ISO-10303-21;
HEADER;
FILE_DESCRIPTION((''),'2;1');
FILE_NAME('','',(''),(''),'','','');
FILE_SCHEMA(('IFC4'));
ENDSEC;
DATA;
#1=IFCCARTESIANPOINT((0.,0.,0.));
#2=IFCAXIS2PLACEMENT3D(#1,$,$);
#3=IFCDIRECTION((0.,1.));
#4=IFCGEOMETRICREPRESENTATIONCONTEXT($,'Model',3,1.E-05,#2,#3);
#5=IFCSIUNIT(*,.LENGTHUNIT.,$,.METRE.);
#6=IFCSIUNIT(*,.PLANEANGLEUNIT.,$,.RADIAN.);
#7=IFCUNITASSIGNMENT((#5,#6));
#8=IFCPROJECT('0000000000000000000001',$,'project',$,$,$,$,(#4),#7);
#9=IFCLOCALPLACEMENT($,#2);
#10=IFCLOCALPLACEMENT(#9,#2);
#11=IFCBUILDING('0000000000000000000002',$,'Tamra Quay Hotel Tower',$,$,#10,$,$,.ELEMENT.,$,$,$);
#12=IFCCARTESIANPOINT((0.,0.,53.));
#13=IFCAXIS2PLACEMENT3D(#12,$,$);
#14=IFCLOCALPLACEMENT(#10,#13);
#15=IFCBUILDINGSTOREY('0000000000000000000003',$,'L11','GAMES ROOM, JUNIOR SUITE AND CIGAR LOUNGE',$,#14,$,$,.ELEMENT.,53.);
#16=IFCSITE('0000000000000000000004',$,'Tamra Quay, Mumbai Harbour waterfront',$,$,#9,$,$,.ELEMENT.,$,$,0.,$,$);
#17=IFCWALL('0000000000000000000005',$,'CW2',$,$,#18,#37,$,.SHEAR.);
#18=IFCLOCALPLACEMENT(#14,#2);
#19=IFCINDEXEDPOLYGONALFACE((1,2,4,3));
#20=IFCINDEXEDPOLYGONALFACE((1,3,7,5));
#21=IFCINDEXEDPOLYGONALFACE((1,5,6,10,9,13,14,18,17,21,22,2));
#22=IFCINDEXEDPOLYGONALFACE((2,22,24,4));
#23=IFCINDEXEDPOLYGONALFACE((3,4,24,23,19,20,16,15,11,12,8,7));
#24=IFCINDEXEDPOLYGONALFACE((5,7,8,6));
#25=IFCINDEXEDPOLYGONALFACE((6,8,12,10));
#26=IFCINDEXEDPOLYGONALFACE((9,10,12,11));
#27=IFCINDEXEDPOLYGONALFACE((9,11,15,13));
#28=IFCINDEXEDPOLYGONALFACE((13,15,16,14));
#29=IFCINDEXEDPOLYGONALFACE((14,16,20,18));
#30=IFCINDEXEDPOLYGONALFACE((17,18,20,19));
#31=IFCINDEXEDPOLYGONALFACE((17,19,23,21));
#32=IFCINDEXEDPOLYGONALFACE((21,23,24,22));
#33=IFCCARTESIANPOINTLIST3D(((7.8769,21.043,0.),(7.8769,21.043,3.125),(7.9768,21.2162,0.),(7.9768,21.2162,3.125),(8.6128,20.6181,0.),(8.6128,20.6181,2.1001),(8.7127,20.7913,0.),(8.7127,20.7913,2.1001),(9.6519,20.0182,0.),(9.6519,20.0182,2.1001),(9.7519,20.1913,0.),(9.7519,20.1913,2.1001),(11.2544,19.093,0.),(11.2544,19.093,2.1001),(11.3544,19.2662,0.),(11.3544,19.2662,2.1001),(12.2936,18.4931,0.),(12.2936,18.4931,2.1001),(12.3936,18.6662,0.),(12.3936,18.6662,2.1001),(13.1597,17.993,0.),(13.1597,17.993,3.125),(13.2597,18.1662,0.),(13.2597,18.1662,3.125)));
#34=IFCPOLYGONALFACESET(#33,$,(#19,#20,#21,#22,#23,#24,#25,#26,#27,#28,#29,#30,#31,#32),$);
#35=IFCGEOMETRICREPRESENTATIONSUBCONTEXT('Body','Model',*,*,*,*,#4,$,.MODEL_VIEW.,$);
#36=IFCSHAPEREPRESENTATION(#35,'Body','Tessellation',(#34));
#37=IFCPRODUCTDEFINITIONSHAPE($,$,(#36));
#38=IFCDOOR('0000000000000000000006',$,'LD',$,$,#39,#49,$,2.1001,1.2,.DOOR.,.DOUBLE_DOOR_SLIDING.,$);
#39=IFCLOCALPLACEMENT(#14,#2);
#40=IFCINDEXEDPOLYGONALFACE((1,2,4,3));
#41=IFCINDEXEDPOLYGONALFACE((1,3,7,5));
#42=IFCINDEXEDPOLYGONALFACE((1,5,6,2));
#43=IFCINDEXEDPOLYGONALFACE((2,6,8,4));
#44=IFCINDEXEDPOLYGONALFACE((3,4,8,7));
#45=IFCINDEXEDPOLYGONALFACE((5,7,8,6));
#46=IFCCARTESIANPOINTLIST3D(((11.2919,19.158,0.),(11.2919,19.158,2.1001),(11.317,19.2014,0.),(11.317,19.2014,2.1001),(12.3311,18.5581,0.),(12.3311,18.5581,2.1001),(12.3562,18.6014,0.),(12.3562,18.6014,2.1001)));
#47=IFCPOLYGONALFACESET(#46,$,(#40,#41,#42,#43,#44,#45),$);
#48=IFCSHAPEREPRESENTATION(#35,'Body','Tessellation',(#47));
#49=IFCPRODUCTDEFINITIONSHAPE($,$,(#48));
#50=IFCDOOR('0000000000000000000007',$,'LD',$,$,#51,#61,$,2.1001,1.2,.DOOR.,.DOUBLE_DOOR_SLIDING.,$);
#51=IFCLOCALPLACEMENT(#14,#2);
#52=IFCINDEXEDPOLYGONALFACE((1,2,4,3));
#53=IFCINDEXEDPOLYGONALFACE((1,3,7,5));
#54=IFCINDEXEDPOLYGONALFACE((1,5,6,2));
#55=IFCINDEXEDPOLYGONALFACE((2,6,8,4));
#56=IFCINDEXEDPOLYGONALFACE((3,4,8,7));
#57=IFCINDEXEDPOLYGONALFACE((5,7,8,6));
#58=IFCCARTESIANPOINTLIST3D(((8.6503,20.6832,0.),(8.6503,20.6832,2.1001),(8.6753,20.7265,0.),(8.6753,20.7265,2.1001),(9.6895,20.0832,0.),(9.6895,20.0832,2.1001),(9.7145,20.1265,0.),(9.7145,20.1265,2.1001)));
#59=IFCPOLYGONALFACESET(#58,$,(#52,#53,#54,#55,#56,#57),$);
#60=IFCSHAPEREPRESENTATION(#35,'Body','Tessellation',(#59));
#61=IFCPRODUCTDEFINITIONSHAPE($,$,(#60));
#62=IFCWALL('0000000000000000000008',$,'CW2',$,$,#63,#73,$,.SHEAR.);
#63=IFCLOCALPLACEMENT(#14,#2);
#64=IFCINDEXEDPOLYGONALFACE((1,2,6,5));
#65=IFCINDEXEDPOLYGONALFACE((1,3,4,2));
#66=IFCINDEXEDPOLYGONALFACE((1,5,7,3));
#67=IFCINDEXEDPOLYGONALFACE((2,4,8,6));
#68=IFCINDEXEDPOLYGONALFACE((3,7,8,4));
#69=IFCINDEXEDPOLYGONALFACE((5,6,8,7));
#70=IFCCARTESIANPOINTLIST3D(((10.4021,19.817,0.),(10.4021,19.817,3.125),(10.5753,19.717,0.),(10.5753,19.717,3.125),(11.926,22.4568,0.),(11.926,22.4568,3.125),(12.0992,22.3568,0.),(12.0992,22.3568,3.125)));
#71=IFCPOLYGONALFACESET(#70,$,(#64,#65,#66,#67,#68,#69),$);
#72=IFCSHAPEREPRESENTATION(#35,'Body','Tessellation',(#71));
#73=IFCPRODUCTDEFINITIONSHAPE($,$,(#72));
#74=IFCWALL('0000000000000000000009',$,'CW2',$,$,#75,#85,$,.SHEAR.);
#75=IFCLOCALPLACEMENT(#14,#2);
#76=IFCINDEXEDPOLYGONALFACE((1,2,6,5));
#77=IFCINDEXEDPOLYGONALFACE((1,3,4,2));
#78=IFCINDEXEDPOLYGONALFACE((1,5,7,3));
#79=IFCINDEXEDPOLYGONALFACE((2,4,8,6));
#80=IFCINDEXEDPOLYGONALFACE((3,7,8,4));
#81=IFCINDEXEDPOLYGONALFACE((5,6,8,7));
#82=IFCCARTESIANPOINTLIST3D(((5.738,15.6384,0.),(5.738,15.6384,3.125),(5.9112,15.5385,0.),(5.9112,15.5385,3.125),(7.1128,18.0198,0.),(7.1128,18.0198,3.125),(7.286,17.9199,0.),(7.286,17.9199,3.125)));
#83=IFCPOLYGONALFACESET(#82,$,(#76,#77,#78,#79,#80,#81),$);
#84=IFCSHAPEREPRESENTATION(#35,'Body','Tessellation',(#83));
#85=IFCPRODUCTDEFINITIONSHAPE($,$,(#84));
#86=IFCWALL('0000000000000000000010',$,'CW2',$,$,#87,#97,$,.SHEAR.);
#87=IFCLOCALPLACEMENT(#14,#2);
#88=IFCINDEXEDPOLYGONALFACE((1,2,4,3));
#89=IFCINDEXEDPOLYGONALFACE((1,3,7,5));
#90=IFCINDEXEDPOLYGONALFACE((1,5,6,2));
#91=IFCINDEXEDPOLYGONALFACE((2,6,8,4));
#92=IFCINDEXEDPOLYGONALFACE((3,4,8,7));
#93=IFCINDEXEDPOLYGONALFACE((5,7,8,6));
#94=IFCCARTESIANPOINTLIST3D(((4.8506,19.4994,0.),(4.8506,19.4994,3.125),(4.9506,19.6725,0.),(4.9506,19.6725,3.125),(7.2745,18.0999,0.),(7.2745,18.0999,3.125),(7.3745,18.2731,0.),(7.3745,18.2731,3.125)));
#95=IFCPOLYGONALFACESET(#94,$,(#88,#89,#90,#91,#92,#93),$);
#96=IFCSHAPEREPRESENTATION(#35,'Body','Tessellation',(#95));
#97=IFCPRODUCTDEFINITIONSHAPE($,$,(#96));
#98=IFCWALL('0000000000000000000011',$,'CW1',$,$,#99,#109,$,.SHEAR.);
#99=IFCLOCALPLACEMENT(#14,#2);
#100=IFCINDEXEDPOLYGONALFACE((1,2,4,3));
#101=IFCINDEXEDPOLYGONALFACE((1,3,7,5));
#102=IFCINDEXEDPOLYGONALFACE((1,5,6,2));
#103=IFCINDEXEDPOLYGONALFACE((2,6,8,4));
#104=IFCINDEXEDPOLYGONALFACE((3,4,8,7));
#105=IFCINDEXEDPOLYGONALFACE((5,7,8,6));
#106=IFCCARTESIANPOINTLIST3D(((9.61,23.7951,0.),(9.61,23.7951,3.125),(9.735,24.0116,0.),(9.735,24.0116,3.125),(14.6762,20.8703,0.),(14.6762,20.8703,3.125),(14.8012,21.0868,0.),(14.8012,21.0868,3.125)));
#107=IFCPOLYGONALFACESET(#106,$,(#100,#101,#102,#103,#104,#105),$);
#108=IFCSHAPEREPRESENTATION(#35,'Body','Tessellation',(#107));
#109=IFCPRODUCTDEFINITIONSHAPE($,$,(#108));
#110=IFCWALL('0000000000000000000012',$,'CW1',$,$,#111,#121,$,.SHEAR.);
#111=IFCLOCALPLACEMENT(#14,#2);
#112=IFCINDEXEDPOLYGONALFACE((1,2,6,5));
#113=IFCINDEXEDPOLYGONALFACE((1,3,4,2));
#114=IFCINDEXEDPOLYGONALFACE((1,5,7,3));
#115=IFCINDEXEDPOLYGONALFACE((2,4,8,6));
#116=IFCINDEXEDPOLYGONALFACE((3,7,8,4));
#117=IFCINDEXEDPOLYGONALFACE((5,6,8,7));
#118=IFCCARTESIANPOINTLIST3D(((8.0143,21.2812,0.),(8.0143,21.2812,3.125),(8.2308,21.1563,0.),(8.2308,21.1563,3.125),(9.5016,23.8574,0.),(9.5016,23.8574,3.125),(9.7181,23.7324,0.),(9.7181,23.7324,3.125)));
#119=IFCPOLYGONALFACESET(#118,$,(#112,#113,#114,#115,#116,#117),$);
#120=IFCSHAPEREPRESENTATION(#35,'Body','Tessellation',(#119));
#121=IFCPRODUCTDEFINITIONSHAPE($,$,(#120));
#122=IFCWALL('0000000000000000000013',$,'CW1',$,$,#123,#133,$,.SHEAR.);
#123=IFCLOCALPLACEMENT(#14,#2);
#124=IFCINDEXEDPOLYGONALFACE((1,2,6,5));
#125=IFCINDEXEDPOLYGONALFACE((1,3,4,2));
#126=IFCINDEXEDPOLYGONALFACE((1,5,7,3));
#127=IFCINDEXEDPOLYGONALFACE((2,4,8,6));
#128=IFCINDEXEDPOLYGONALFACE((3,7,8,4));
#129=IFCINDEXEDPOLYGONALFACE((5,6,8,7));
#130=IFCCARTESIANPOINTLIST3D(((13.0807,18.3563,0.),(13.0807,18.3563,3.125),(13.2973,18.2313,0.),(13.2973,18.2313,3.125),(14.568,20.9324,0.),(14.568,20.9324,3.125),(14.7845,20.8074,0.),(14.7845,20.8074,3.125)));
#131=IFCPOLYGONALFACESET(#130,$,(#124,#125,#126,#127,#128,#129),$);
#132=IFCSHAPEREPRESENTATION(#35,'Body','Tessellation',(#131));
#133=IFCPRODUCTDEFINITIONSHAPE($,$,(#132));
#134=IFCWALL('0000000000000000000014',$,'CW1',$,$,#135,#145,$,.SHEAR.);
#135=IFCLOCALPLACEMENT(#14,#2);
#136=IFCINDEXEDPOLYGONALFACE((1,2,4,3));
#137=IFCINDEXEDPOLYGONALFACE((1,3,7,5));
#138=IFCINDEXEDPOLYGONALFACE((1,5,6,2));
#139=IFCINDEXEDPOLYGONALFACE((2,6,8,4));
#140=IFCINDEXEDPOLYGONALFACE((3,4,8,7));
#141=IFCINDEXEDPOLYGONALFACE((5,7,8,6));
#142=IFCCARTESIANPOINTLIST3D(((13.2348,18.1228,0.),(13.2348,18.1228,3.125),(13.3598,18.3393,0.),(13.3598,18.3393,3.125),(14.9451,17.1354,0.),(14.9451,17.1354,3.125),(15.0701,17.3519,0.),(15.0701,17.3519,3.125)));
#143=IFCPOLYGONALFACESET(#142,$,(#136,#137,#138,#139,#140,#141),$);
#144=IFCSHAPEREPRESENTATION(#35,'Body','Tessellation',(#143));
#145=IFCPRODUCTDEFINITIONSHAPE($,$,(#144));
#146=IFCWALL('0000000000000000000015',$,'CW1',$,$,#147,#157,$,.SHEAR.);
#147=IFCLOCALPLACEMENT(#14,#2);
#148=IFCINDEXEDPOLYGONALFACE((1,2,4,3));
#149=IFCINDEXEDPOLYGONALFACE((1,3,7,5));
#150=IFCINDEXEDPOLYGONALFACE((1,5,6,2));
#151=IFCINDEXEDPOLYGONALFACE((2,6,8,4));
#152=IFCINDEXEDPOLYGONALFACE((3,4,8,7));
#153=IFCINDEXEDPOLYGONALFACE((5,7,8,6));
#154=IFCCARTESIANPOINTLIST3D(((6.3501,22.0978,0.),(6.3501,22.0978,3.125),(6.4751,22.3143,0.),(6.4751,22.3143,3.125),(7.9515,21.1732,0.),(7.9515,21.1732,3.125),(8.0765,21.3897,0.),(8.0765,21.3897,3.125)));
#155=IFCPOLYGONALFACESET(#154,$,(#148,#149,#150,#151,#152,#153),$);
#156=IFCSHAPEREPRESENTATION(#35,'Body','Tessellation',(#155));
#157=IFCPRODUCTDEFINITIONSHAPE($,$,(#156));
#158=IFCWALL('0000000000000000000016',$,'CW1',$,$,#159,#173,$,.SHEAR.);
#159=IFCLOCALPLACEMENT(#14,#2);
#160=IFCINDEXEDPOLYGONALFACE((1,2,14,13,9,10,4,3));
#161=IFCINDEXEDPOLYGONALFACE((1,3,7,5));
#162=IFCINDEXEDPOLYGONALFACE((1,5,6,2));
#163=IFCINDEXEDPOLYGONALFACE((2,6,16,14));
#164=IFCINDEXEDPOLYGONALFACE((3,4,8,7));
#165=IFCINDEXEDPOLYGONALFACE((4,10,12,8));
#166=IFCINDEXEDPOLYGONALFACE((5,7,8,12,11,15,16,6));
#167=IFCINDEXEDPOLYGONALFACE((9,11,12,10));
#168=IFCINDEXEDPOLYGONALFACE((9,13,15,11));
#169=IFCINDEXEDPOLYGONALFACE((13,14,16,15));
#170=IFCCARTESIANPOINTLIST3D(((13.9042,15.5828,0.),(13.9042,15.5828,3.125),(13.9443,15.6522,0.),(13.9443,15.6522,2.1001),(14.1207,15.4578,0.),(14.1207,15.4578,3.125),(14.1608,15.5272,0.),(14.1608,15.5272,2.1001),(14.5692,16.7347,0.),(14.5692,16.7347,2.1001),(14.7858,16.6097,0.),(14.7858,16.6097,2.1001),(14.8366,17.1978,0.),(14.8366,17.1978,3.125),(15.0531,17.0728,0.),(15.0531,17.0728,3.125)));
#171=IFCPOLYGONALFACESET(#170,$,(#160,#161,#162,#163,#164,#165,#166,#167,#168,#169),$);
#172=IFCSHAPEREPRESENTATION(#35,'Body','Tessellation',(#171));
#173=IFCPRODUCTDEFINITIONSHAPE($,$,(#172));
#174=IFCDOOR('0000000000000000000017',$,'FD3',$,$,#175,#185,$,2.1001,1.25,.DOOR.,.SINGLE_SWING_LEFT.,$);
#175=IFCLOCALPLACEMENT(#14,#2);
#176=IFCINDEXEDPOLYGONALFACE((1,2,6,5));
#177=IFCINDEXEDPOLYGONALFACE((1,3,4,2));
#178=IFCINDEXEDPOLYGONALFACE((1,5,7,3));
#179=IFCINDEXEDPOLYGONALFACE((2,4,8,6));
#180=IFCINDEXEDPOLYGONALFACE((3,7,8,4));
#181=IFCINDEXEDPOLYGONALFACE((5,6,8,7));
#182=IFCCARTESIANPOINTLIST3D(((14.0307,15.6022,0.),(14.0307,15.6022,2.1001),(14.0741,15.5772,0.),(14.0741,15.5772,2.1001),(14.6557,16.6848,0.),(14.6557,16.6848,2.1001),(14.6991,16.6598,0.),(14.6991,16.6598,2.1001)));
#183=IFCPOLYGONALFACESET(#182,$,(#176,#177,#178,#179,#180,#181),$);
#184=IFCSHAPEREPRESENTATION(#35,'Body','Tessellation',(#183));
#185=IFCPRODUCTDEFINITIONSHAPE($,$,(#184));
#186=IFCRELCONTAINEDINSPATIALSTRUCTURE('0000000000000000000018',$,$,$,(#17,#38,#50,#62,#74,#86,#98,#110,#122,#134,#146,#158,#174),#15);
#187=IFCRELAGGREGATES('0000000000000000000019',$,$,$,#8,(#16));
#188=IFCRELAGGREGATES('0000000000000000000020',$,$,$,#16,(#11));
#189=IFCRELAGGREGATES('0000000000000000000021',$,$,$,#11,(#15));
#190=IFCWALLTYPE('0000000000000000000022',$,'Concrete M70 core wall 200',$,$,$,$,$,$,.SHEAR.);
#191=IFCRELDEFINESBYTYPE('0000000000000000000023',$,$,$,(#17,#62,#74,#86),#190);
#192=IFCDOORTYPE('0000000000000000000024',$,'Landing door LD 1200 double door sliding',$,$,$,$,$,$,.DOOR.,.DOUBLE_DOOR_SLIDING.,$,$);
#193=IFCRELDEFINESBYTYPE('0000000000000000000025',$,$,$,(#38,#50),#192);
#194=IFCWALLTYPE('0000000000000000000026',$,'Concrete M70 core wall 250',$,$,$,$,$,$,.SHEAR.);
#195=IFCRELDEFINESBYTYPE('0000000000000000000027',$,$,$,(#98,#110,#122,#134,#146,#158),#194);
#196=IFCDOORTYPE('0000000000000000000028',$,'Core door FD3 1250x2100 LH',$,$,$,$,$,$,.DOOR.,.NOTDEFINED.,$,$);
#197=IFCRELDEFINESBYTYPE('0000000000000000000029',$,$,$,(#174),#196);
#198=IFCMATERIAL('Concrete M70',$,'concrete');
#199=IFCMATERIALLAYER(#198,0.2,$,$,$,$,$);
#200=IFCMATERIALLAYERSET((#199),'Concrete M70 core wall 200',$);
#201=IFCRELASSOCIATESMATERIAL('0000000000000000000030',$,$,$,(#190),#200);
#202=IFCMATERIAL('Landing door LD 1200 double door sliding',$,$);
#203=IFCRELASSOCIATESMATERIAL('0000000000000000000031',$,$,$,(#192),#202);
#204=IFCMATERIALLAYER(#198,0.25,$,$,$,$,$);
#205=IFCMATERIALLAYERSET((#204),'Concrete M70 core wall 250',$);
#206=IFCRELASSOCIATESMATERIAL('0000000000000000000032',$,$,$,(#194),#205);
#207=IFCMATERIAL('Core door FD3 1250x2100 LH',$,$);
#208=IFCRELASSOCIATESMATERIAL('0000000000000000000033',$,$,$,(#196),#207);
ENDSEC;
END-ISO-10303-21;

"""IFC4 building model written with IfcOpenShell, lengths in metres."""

from ifc_helpers import new_model, si_unit, direction, frame, frame_2d, origin, place, context, subcontext, project, spatial, rectangle, extrude, material, layer, layer_set, type_object, element, fill, save


model = new_model("IFC4")

# Units and contexts
model_context = context("Model", 3, precision=1e-05, world=origin(), true_north=direction((0.0, 1.0)))
body_context = subcontext(model_context, "Body", "Model", "MODEL_VIEW")
ifc_project = project(units=[si_unit("LENGTHUNIT", "METRE"), si_unit("PLANEANGLEUNIT", "RADIAN")], contexts=[model_context])

# Site, building, storey
site_placement = place(None, origin())
site = spatial("IfcSite", under=ifc_project, at=site_placement, Name="Tamra Quay, Mumbai Harbour waterfront", CompositionType="ELEMENT", RefElevation=0.0)
building_placement = place(site_placement, origin())
building = spatial("IfcBuilding", under=site, at=building_placement, Name="Tamra Quay Hotel Tower", CompositionType="ELEMENT")
storey_placement = place(building_placement, frame((0.0, 0.0, 53.0)))
storey = spatial("IfcBuildingStorey", under=building, at=storey_placement, Name="L11", Description="GAMES ROOM, JUNIOR SUITE AND CIGAR LOUNGE", CompositionType="ELEMENT", Elevation=53.0)

# Shared definitions
ifc_material_1 = material(Name="Concrete M70", Category="concrete")

# Wall, openings, doors
ifc_layer_1 = layer(ifc_material_1, 0.2)
ifc_layer_set_1 = layer_set([ifc_layer_1], Name="Concrete M70 core wall 200")
wall_type_1 = type_object("IfcWallType", Name="Concrete M70 core wall 200", PredefinedType="SHEAR", material=ifc_layer_set_1)
wall_1_placement = place(storey_placement, frame((13.2097, 18.0796, 0.0), z_axis=(0.0, 0.0, 1.0), x_axis=(-0.86603, 0.499992, 0.0)))
wall_1 = element("IfcWall", 1, at=wall_1_placement, inside=storey, type_object=wall_type_1, Name="CW2", PredefinedType="SHEAR", context=body_context, shape_type="SweptSolid", body=[
    extrude(rectangle(XDim=6.1001, YDim=0.2, at=frame_2d((3.05, 0.0))), origin(), (0.0, 0.0, 1.0), 3.125),
])
opening_1_placement = place(wall_1_placement, frame((1.0, 0.0, 0.0)))
opening_1 = element("IfcOpeningElement", 2, at=opening_1_placement, cuts=wall_1, PredefinedType="OPENING", context=body_context, shape_type="SweptSolid", body=[
    extrude(rectangle(XDim=1.2, YDim=2.1001, at=frame_2d((0.6001, 1.05))), frame((0.0, 0.1099, 0.0), z_axis=(0.0, -1.0, 0.0), x_axis=(1.0, 0.0, 0.0)), (0.0, 0.0, 1.0), 0.22),
])
opening_2_placement = place(wall_1_placement, frame((4.0503, 0.0, 0.0)))
opening_2 = element("IfcOpeningElement", 3, at=opening_2_placement, cuts=wall_1, PredefinedType="OPENING", context=body_context, shape_type="SweptSolid", body=[
    extrude(rectangle(XDim=1.2, YDim=2.1001, at=frame_2d((0.6001, 1.05))), frame((0.0, 0.1099, 0.0), z_axis=(0.0, -1.0, 0.0), x_axis=(1.0, 0.0, 0.0)), (0.0, 0.0, 1.0), 0.22),
])
ifc_material_2 = material(Name="Landing door LD 1200 double door sliding")
door_type_1 = type_object("IfcDoorType", Name="Landing door LD 1200 double door sliding", OperationType="DOUBLE_DOOR_SLIDING", PredefinedType="DOOR", material=ifc_material_2)
door_1_placement = place(opening_1_placement, origin())
door_1 = element("IfcDoor", 4, at=door_1_placement, inside=storey, type_object=door_type_1, Name="LD", OperationType="DOUBLE_DOOR_SLIDING", OverallHeight=2.1001, OverallWidth=1.2, PredefinedType="DOOR", context=body_context, shape_type="SweptSolid", body=[
    extrude(rectangle(XDim=1.2, YDim=2.1001, at=frame_2d((0.6001, 1.05))), frame((0.0, 0.0249, 0.0), z_axis=(0.0, -1.0, 0.0), x_axis=(1.0, 0.0, 0.0)), (0.0, 0.0, 1.0), 0.05),
])
fill(opening_1, door_1)
door_2_placement = place(opening_2_placement, origin())
door_2 = element("IfcDoor", 5, at=door_2_placement, inside=storey, type_object=door_type_1, Name="LD", OperationType="DOUBLE_DOOR_SLIDING", OverallHeight=2.1001, OverallWidth=1.2, PredefinedType="DOOR", context=body_context, shape_type="SweptSolid", body=[
    extrude(rectangle(XDim=1.2, YDim=2.1001, at=frame_2d((0.6001, 1.05))), frame((0.0, 0.0249, 0.0), z_axis=(0.0, -1.0, 0.0), x_axis=(1.0, 0.0, 0.0)), (0.0, 0.0, 1.0), 0.05),
])
fill(opening_2, door_2)

# Walls
wall_2_placement = place(storey_placement, frame((10.4888, 19.7671, 0.0), z_axis=(0.0, 0.0, 1.0), x_axis=(0.499947, 0.866056, 0.0)))
element("IfcWall", 6, at=wall_2_placement, inside=storey, type_object=wall_type_1, Name="CW2", PredefinedType="SHEAR", context=body_context, shape_type="SweptSolid", body=[
    extrude(rectangle(XDim=3.0481, YDim=0.2, at=frame_2d((1.5239, 0.0))), origin(), (0.0, 0.0, 1.0), 3.125),
])
wall_3_placement = place(storey_placement, frame((7.1995, 17.97, 0.0), z_axis=(0.0, 0.0, 1.0), x_axis=(-0.499968, -0.866044, 0.0)))
element("IfcWall", 7, at=wall_3_placement, inside=storey, type_object=wall_type_1, Name="CW2", PredefinedType="SHEAR", context=body_context, shape_type="SweptSolid", body=[
    extrude(rectangle(XDim=2.7498, YDim=0.2, at=frame_2d((1.375, 0.0))), origin(), (0.0, 0.0, 1.0), 3.125),
])
wall_4_placement = place(storey_placement, frame((4.9006, 19.5859, 0.0), z_axis=(0.0, 0.0, 1.0), x_axis=(0.866023, -0.500004, 0.0)))
element("IfcWall", 8, at=wall_4_placement, inside=storey, type_object=wall_type_1, Name="CW2", PredefinedType="SHEAR", context=body_context, shape_type="SweptSolid", body=[
    extrude(rectangle(XDim=2.7988, YDim=0.2, at=frame_2d((1.3994, 0.0))), origin(), (0.0, 0.0, 1.0), 3.125),
])
ifc_layer_2 = layer(ifc_material_1, 0.25)
ifc_layer_set_2 = layer_set([ifc_layer_2], Name="Concrete M70 core wall 250")
wall_type_2 = type_object("IfcWallType", Name="Concrete M70 core wall 250", PredefinedType="SHEAR", material=ifc_layer_set_2)
wall_5_placement = place(storey_placement, frame((9.6726, 23.9033, 0.0), z_axis=(0.0, 0.0, 1.0), x_axis=(0.866036, -0.499981, 0.0)))
element("IfcWall", 9, at=wall_5_placement, inside=storey, type_object=wall_type_2, Name="CW1", PredefinedType="SHEAR", context=body_context, shape_type="SweptSolid", body=[
    extrude(rectangle(XDim=5.8499, YDim=0.25, at=frame_2d((2.9248, 0.0))), origin(), (0.0, 0.0, 1.0), 3.125),
])
for number, where, z_axis, x_axis, name in (
    (10, (8.1226, 21.2188, 0.0), (0.0, 0.0, 1.0), (0.499988, 0.866033, 0.0), "CW1"),
    (11, (14.6763, 20.8699, 0.0), (0.0, 0.0, 1.0), (-0.499988, -0.866033, 0.0), "CW1"),
):
    element("IfcWall", number, at=place(storey_placement, frame(where, z_axis=z_axis, x_axis=x_axis)), inside=storey, type_object=wall_type_2, Name=name, PredefinedType="SHEAR", context=body_context, shape_type="SweptSolid", body=[
        extrude(rectangle(XDim=2.9746, YDim=0.25, at=frame_2d((1.4873, 0.0))), origin(), (0.0, 0.0, 1.0), 3.125),
    ])
wall_6_placement = place(storey_placement, frame((13.2974, 18.231, 0.0), z_axis=(0.0, 0.0, 1.0), x_axis=(0.866044, -0.499969, 0.0)))
element("IfcWall", 12, at=wall_6_placement, inside=storey, type_object=wall_type_2, Name="CW1", PredefinedType="SHEAR", context=body_context, shape_type="SweptSolid", body=[
    extrude(rectangle(XDim=1.9749, YDim=0.25, at=frame_2d((0.9873, 0.0))), origin(), (0.0, 0.0, 1.0), 3.125),
])
wall_7_placement = place(storey_placement, frame((6.4126, 22.2061, 0.0), z_axis=(0.0, 0.0, 1.0), x_axis=(0.866016, -0.500016, 0.0)))
element("IfcWall", 13, at=wall_7_placement, inside=storey, type_object=wall_type_2, Name="CW1", PredefinedType="SHEAR", context=body_context, shape_type="SweptSolid", body=[
    extrude(rectangle(XDim=1.8491, YDim=0.25, at=frame_2d((0.9246, 0.0))), origin(), (0.0, 0.0, 1.0), 3.125),
])

# Wall, opening, door
wall_8_placement = place(storey_placement, frame((14.9448, 17.1353, 0.0), z_axis=(0.0, 0.0, 1.0), x_axis=(-0.499983, -0.866035, 0.0)))
wall_8 = element("IfcWall", 14, at=wall_8_placement, inside=storey, type_object=wall_type_2, Name="CW1", PredefinedType="SHEAR", context=body_context, shape_type="SweptSolid", body=[
    extrude(rectangle(XDim=1.8647, YDim=0.25, at=frame_2d((0.9324, 0.0))), origin(), (0.0, 0.0, 1.0), 3.125),
])
opening_3_placement = place(wall_8_placement, frame((0.5347, 0.0, 0.0)))
opening_3 = element("IfcOpeningElement", 15, at=opening_3_placement, cuts=wall_8, PredefinedType="OPENING", context=body_context, shape_type="SweptSolid", body=[
    extrude(rectangle(XDim=1.25, YDim=2.1001, at=frame_2d((0.625, 1.05))), frame((0.0, 0.135, 0.0), z_axis=(0.0, -1.0, 0.0), x_axis=(1.0, 0.0, 0.0)), (0.0, 0.0, 1.0), 0.27),
])
ifc_material_3 = material(Name="Core door FD3 1250x2100 LH")
door_type_2 = type_object("IfcDoorType", Name="Core door FD3 1250x2100 LH", OperationType="NOTDEFINED", PredefinedType="DOOR", material=ifc_material_3)
door_3_placement = place(opening_3_placement, origin())
door_3 = element("IfcDoor", 16, at=door_3_placement, inside=storey, type_object=door_type_2, Name="FD3", OperationType="SINGLE_SWING_LEFT", OverallHeight=2.1001, OverallWidth=1.25, PredefinedType="DOOR", context=body_context, shape_type="SweptSolid", body=[
    extrude(rectangle(XDim=1.25, YDim=2.1001, at=frame_2d((0.625, 1.05))), frame((0.0, 0.0249, 0.0), z_axis=(0.0, -1.0, 0.0), x_axis=(1.0, 0.0, 0.0)), (0.0, 0.0, 1.0), 0.05),
])
fill(opening_3, door_3)

save(model, "model.ifc")
